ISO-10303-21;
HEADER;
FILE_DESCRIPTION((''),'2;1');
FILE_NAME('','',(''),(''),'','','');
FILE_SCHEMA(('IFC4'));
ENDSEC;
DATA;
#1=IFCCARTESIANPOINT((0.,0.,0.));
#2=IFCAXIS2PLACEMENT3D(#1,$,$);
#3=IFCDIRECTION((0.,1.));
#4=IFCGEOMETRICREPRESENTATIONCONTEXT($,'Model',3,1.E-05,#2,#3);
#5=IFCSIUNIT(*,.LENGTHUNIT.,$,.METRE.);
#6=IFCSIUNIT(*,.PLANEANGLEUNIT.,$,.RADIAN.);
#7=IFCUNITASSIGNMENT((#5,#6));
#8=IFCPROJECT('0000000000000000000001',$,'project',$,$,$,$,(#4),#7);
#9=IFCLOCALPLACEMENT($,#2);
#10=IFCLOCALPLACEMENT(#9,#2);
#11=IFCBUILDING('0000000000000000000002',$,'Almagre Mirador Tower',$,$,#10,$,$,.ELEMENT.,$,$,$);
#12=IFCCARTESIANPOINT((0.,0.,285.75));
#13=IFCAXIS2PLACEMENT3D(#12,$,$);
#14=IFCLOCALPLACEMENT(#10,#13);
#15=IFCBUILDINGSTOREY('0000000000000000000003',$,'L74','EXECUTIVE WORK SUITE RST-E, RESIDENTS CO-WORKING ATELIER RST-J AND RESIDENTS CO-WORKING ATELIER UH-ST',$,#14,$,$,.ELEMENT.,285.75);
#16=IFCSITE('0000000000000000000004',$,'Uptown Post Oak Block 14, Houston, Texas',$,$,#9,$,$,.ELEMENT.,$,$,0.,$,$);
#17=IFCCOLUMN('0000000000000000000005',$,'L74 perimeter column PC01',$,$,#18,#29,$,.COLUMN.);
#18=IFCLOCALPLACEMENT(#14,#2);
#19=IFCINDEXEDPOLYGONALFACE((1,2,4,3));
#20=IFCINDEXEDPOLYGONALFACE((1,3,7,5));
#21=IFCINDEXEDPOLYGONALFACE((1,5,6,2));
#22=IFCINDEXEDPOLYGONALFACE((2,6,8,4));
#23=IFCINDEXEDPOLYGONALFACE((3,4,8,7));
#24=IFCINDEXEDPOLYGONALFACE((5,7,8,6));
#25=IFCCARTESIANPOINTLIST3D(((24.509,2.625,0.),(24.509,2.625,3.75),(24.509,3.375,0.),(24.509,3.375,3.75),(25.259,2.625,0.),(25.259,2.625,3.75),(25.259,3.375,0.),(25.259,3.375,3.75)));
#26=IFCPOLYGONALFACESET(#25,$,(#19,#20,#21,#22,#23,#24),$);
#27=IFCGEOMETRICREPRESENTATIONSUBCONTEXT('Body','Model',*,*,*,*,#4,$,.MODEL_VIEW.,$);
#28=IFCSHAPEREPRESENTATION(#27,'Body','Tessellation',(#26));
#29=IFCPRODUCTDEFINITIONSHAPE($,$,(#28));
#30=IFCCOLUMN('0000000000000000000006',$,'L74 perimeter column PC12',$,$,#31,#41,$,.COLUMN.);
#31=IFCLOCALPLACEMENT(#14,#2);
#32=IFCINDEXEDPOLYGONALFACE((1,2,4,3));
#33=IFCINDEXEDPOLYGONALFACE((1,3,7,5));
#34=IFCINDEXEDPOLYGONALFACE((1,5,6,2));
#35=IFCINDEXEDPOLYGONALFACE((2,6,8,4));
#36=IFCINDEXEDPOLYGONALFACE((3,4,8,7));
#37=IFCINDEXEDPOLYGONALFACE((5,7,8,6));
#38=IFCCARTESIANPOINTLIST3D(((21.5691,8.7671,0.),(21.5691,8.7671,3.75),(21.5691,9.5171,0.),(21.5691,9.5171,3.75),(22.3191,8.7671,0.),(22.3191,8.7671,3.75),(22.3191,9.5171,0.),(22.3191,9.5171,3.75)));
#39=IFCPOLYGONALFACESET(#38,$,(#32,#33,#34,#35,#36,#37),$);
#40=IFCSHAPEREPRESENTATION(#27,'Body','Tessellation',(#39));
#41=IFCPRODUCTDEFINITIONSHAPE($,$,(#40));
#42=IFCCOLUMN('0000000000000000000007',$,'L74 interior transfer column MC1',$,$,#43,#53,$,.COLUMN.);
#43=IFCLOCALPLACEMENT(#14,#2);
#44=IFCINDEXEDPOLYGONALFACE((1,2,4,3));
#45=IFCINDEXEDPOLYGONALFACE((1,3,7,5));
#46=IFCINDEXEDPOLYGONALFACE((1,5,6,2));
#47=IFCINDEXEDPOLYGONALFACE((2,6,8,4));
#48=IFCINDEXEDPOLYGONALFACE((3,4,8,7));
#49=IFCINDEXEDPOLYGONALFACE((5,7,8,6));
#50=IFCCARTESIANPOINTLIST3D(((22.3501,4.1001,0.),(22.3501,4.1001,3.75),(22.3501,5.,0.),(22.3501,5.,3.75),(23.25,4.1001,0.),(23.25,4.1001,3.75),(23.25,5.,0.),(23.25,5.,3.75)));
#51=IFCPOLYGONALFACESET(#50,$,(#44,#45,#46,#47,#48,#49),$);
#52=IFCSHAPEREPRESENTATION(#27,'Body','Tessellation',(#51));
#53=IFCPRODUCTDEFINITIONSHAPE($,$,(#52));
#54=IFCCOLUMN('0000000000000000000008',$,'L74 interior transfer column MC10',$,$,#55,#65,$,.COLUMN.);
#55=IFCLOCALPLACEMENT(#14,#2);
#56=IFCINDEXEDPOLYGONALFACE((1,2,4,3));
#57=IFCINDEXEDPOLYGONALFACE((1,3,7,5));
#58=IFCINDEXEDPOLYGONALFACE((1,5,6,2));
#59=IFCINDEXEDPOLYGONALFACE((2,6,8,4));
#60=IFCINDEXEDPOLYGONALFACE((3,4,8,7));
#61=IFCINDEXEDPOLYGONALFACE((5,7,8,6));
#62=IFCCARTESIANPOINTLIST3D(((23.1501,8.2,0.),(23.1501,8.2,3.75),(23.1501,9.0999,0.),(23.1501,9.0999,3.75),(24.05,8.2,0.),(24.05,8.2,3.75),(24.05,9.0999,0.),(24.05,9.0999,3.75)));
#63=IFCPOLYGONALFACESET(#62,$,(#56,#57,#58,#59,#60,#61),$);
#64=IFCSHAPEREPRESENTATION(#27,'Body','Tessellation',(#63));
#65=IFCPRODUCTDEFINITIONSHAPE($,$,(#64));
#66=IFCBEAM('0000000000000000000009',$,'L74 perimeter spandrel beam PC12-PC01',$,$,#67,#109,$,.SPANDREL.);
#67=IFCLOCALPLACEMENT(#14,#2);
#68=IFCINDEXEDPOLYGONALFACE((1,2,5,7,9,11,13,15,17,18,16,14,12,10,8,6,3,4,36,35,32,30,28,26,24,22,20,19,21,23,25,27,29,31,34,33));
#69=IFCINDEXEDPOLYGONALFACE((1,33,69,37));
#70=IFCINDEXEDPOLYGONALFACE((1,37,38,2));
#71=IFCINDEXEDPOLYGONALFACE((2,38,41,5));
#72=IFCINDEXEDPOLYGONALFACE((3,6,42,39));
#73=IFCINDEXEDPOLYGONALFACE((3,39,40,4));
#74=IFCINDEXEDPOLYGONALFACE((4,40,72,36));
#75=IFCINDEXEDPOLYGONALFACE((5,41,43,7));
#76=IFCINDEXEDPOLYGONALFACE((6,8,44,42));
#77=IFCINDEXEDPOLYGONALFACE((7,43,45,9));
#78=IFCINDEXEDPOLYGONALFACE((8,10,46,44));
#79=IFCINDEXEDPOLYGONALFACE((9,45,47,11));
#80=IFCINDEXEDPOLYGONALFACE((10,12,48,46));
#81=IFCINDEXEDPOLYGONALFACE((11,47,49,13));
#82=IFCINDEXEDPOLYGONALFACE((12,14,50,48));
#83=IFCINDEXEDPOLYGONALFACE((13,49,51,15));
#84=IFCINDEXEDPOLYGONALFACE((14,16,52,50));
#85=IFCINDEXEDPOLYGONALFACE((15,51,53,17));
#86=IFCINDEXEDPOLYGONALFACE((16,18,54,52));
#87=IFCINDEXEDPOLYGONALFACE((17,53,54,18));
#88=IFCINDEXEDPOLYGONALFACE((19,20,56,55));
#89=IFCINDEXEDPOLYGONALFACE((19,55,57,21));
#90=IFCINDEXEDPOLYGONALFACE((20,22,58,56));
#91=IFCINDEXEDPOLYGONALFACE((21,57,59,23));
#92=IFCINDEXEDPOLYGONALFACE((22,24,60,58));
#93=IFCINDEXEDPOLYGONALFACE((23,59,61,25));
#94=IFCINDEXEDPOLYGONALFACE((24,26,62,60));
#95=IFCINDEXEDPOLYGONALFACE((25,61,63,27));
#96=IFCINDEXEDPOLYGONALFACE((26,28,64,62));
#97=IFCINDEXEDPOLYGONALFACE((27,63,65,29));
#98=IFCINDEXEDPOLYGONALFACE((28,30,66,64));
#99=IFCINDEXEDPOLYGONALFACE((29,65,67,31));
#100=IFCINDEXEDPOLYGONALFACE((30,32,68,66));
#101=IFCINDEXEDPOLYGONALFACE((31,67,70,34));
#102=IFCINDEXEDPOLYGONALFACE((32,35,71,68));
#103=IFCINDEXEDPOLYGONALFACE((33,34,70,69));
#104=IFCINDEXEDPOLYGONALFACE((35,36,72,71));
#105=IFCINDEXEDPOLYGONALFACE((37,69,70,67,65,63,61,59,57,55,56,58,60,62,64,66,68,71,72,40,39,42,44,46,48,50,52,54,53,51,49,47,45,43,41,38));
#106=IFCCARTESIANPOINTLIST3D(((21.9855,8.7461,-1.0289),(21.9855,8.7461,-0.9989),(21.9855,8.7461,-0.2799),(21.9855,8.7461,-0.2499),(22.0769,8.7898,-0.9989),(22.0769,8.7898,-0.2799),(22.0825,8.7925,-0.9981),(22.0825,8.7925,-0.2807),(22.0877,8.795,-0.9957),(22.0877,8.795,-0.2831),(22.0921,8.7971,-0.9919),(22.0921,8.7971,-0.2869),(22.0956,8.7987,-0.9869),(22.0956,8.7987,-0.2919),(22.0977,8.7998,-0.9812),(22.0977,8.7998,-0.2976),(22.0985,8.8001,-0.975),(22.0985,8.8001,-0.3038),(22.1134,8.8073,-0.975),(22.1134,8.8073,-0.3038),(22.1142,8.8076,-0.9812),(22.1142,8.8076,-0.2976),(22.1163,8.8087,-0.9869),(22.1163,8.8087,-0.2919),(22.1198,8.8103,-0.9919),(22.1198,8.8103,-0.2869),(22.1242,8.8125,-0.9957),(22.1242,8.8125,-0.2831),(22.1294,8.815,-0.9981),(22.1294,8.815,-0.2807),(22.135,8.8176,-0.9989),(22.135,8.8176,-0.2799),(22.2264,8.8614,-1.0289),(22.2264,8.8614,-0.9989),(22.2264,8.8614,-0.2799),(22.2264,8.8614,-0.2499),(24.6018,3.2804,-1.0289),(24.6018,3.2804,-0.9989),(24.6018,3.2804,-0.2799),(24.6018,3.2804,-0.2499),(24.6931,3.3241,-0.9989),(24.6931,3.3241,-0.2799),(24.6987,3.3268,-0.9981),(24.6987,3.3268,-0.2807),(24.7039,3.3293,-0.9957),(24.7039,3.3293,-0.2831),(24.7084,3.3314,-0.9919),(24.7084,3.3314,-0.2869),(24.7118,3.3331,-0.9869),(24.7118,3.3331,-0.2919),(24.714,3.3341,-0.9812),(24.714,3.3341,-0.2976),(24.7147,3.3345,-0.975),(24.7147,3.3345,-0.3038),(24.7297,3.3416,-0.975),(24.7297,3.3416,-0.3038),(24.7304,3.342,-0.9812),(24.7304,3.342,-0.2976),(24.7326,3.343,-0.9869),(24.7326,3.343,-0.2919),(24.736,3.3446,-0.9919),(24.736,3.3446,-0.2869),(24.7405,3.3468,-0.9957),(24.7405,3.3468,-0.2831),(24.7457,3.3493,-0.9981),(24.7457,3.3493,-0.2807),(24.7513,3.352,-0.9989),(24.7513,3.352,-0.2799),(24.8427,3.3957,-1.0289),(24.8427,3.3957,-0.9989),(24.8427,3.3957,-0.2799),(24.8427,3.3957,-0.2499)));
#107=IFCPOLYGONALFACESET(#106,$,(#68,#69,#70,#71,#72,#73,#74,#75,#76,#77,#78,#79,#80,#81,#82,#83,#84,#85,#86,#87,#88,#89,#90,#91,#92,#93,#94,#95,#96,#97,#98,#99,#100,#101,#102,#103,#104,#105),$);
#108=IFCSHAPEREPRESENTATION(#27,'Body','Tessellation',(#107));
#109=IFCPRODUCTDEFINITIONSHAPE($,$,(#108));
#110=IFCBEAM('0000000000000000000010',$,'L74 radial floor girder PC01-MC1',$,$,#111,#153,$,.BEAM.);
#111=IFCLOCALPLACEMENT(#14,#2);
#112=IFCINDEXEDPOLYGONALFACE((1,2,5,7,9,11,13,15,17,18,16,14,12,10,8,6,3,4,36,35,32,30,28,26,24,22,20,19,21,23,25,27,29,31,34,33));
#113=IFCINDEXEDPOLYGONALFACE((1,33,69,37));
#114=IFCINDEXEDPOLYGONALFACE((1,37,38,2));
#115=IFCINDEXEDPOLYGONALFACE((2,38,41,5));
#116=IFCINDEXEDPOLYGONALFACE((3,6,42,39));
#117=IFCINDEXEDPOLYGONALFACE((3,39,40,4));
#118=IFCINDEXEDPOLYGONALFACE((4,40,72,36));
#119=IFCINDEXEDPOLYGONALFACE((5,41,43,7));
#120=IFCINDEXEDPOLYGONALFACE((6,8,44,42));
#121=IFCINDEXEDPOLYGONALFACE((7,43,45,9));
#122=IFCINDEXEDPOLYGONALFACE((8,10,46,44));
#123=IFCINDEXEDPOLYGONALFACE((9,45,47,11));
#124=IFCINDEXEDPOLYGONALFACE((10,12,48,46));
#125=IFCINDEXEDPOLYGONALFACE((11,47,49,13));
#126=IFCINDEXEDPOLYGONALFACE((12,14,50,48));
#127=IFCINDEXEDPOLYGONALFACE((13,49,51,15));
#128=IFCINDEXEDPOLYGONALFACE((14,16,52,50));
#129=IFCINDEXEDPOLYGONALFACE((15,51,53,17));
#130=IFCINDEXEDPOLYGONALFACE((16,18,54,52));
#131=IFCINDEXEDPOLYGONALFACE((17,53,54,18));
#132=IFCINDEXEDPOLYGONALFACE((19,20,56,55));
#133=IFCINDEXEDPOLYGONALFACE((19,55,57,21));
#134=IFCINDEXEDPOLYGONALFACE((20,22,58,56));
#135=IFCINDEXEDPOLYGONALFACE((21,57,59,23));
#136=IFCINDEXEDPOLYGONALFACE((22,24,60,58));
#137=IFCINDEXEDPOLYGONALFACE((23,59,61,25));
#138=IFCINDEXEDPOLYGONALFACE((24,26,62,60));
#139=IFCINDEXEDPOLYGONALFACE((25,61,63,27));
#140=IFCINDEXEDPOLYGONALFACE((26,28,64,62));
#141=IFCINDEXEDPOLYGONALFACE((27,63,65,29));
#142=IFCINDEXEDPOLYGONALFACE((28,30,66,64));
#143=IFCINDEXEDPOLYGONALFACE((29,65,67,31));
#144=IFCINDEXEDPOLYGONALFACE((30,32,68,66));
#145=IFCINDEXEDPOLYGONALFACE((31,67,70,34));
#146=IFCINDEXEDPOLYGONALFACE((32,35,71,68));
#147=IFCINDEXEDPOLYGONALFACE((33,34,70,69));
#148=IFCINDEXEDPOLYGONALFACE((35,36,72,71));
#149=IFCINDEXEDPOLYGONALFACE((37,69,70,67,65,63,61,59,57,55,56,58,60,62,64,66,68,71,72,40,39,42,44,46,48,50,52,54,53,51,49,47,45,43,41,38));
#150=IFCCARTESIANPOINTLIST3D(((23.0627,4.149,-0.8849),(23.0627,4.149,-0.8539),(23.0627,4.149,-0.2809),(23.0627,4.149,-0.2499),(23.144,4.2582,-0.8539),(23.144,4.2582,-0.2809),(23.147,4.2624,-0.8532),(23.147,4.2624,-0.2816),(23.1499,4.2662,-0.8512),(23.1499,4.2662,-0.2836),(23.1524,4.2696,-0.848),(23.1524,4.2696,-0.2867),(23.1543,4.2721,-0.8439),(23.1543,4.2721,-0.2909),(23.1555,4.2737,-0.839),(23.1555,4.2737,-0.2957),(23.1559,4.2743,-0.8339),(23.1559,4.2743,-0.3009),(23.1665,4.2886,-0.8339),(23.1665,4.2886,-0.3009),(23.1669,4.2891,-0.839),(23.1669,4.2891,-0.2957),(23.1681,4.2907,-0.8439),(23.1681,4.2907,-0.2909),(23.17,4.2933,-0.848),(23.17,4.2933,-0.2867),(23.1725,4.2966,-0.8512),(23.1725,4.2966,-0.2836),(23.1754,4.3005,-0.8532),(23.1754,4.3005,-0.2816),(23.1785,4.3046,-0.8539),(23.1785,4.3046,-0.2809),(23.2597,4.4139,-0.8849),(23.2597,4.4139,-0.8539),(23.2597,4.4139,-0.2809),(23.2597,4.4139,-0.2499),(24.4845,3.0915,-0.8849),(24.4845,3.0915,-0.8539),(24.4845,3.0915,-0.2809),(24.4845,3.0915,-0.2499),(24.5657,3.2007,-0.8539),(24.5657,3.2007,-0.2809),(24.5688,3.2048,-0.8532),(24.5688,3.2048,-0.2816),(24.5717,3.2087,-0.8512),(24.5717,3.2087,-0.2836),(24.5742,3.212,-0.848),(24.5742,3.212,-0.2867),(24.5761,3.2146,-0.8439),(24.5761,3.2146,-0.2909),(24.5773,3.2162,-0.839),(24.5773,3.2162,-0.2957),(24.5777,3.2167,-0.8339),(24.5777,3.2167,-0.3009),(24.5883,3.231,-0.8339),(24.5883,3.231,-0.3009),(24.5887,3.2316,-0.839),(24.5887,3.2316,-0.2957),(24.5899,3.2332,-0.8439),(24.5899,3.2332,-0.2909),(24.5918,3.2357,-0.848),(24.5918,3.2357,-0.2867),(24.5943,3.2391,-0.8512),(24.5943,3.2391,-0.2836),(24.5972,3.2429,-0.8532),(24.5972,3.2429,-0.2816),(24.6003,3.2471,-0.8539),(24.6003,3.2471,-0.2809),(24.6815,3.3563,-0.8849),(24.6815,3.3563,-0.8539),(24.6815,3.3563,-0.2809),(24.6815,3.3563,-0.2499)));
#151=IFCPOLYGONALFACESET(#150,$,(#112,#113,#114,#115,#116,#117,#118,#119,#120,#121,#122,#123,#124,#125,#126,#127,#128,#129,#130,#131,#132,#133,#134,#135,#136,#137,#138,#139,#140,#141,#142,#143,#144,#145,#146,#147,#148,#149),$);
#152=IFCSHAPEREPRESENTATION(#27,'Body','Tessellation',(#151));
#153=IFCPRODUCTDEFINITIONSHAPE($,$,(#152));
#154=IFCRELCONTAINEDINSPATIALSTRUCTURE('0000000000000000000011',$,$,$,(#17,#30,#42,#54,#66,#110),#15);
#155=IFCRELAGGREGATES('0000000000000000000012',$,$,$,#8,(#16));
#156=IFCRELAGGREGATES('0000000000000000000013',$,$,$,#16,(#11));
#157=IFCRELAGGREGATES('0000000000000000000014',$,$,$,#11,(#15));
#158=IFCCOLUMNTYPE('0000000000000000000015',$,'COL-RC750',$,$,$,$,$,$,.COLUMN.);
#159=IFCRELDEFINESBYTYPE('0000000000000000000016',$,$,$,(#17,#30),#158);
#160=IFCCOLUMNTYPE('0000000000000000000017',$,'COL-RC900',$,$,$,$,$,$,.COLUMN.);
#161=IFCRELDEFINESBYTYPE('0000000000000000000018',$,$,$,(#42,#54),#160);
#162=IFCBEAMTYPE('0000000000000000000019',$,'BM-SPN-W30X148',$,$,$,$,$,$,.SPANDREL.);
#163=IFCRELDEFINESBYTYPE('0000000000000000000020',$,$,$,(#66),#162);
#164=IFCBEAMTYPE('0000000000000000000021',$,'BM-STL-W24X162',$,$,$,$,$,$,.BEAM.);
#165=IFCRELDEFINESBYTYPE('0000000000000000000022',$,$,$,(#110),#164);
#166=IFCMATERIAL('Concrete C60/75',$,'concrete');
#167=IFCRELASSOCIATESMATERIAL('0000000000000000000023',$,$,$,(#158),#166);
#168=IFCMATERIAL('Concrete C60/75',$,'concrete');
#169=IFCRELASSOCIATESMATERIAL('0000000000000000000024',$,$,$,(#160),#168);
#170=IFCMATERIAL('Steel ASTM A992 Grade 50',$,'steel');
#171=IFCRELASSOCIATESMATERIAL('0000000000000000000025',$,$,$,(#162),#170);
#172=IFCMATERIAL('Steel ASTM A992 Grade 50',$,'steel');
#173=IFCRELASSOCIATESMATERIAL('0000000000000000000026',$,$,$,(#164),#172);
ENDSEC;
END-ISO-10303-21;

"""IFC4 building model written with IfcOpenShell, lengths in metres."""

from ifc_helpers import new_model, si_unit, direction, frame, origin, origin_2d, place, context, subcontext, project, spatial, rectangle, i_section, extrude, material, material_profile, profile_set, type_object, element, save


model = new_model("IFC4")

# Units and contexts
model_context = context("Model", 3, precision=1e-05, world=origin(), true_north=direction((0.0, 1.0)))
body_context = subcontext(model_context, "Body", "Model", "MODEL_VIEW")
ifc_project = project(units=[si_unit("LENGTHUNIT", "METRE"), si_unit("PLANEANGLEUNIT", "RADIAN")], contexts=[model_context])

# Site, building, storey
site_placement = place(None, origin())
site = spatial("IfcSite", under=ifc_project, at=site_placement, Name="Uptown Post Oak Block 14, Houston, Texas", CompositionType="ELEMENT", RefElevation=0.0)
building_placement = place(site_placement, origin())
building = spatial("IfcBuilding", under=site, at=building_placement, Name="Almagre Mirador Tower", CompositionType="ELEMENT")
storey_placement = place(building_placement, frame((0.0, 0.0, 285.75)))
storey = spatial("IfcBuildingStorey", under=building, at=storey_placement, Name="L74", Description="EXECUTIVE WORK SUITE RST-E, RESIDENTS CO-WORKING ATELIER RST-J AND RESIDENTS CO-WORKING ATELIER UH-ST", CompositionType="ELEMENT", Elevation=285.75)

# Columns
ifc_material_1 = material(Name="Concrete C60/75", Category="concrete")
ifc_material_profile_1 = material_profile(ifc_material_1, rectangle(XDim=0.75, YDim=0.75, at=origin_2d()), Name="RC750X750")
ifc_profile_set_1 = profile_set([ifc_material_profile_1], Name="Concrete C60/75")
column_type_1 = type_object("IfcColumnType", Name="COL-RC750", PredefinedType="COLUMN", material=ifc_profile_set_1)
for number, where, z_axis, x_axis, name in (
    (1, (24.884, 3.0, 0.0), (0.0, 0.0, 1.0), (1.0, 0.0, 0.0), "L74 perimeter column PC01"),
    (2, (21.9441, 9.1421, 0.0), (0.0, 0.0, 1.0), (1.0, 0.0, 0.0), "L74 perimeter column PC12"),
):
    element("IfcColumn", number, at=place(storey_placement, frame(where, z_axis=z_axis, x_axis=x_axis)), inside=storey, type_object=column_type_1, Name=name, PredefinedType="COLUMN", context=body_context, shape_type="SweptSolid", body=[
        extrude(rectangle(XDim=0.75, YDim=0.75, at=origin_2d()), origin(), (0.0, 0.0, 1.0), 3.75),
    ])
ifc_material_2 = material(Name="Concrete C60/75", Category="concrete")
ifc_material_profile_2 = material_profile(ifc_material_2, rectangle(XDim=0.8999, YDim=0.8999, at=origin_2d()), Name="RC900X900")
ifc_profile_set_2 = profile_set([ifc_material_profile_2], Name="Concrete C60/75")
column_type_2 = type_object("IfcColumnType", Name="COL-RC900", PredefinedType="COLUMN", material=ifc_profile_set_2)
for number, where, z_axis, x_axis, name in (
    (3, (22.8, 4.55, 0.0), (0.0, 0.0, 1.0), (1.0, 0.0, 0.0), "L74 interior transfer column MC1"),
    (4, (23.6001, 8.6499, 0.0), (0.0, 0.0, 1.0), (1.0, 0.0, 0.0), "L74 interior transfer column MC10"),
):
    element("IfcColumn", number, at=place(storey_placement, frame(where, z_axis=z_axis, x_axis=x_axis)), inside=storey, type_object=column_type_2, Name=name, PredefinedType="COLUMN", context=body_context, shape_type="SweptSolid", body=[
        extrude(rectangle(XDim=0.8999, YDim=0.8999, at=origin_2d()), origin(), (0.0, 0.0, 1.0), 3.75),
    ])

# Beams
ifc_material_3 = material(Name="Steel ASTM A992 Grade 50", Category="steel")
ifc_material_profile_3 = material_profile(ifc_material_3, i_section(OverallWidth=0.2671, OverallDepth=0.7791, WebThickness=0.0166, FlangeThickness=0.03, FilletRadius=0.0239, at=origin_2d()), Name="W30X148")
ifc_profile_set_3 = profile_set([ifc_material_profile_3], Name="Steel ASTM A992 Grade 50")
beam_type_1 = type_object("IfcBeamType", Name="BM-SPN-W30X148", PredefinedType="SPANDREL", material=ifc_profile_set_3)
beam_1_placement = place(storey_placement, frame((22.106, 8.8037, -0.6394), z_axis=(0.431756, -0.90199, 0.0), x_axis=(0.90199, 0.431756, 0.0)))
element("IfcBeam", 5, at=beam_1_placement, inside=storey, type_object=beam_type_1, Name="L74 perimeter spandrel beam PC12-PC01", PredefinedType="SPANDREL", context=body_context, shape_type="SweptSolid", body=[
    extrude(i_section(OverallWidth=0.2671, OverallDepth=0.7791, WebThickness=0.0166, FlangeThickness=0.03, FilletRadius=0.0239, at=origin_2d()), origin(), (0.0, 0.0, 1.0), 6.0596),
])
ifc_material_4 = material(Name="Steel ASTM A992 Grade 50", Category="steel")
ifc_material_profile_4 = material_profile(ifc_material_4, i_section(OverallWidth=0.3301, OverallDepth=0.635, WebThickness=0.0178, FlangeThickness=0.031, FilletRadius=0.02, at=origin_2d()), Name="W24X162")
ifc_profile_set_4 = profile_set([ifc_material_profile_4], Name="Steel ASTM A992 Grade 50")
beam_type_2 = type_object("IfcBeamType", Name="BM-STL-W24X162", PredefinedType="BEAM", material=ifc_profile_set_4)
beam_2_placement = place(storey_placement, frame((24.583, 3.2239, -0.5674), z_axis=(-0.802374, 0.596821, 0.0), x_axis=(-0.596821, -0.802374, 0.0)))
element("IfcBeam", 6, at=beam_2_placement, inside=storey, type_object=beam_type_2, Name="L74 radial floor girder PC01-MC1", PredefinedType="BEAM", context=body_context, shape_type="SweptSolid", body=[
    extrude(i_section(OverallWidth=0.3301, OverallDepth=0.635, WebThickness=0.0178, FlangeThickness=0.031, FilletRadius=0.02, at=origin_2d()), origin(), (0.0, 0.0, 1.0), 1.772),
])

save(model, "model.ifc")
